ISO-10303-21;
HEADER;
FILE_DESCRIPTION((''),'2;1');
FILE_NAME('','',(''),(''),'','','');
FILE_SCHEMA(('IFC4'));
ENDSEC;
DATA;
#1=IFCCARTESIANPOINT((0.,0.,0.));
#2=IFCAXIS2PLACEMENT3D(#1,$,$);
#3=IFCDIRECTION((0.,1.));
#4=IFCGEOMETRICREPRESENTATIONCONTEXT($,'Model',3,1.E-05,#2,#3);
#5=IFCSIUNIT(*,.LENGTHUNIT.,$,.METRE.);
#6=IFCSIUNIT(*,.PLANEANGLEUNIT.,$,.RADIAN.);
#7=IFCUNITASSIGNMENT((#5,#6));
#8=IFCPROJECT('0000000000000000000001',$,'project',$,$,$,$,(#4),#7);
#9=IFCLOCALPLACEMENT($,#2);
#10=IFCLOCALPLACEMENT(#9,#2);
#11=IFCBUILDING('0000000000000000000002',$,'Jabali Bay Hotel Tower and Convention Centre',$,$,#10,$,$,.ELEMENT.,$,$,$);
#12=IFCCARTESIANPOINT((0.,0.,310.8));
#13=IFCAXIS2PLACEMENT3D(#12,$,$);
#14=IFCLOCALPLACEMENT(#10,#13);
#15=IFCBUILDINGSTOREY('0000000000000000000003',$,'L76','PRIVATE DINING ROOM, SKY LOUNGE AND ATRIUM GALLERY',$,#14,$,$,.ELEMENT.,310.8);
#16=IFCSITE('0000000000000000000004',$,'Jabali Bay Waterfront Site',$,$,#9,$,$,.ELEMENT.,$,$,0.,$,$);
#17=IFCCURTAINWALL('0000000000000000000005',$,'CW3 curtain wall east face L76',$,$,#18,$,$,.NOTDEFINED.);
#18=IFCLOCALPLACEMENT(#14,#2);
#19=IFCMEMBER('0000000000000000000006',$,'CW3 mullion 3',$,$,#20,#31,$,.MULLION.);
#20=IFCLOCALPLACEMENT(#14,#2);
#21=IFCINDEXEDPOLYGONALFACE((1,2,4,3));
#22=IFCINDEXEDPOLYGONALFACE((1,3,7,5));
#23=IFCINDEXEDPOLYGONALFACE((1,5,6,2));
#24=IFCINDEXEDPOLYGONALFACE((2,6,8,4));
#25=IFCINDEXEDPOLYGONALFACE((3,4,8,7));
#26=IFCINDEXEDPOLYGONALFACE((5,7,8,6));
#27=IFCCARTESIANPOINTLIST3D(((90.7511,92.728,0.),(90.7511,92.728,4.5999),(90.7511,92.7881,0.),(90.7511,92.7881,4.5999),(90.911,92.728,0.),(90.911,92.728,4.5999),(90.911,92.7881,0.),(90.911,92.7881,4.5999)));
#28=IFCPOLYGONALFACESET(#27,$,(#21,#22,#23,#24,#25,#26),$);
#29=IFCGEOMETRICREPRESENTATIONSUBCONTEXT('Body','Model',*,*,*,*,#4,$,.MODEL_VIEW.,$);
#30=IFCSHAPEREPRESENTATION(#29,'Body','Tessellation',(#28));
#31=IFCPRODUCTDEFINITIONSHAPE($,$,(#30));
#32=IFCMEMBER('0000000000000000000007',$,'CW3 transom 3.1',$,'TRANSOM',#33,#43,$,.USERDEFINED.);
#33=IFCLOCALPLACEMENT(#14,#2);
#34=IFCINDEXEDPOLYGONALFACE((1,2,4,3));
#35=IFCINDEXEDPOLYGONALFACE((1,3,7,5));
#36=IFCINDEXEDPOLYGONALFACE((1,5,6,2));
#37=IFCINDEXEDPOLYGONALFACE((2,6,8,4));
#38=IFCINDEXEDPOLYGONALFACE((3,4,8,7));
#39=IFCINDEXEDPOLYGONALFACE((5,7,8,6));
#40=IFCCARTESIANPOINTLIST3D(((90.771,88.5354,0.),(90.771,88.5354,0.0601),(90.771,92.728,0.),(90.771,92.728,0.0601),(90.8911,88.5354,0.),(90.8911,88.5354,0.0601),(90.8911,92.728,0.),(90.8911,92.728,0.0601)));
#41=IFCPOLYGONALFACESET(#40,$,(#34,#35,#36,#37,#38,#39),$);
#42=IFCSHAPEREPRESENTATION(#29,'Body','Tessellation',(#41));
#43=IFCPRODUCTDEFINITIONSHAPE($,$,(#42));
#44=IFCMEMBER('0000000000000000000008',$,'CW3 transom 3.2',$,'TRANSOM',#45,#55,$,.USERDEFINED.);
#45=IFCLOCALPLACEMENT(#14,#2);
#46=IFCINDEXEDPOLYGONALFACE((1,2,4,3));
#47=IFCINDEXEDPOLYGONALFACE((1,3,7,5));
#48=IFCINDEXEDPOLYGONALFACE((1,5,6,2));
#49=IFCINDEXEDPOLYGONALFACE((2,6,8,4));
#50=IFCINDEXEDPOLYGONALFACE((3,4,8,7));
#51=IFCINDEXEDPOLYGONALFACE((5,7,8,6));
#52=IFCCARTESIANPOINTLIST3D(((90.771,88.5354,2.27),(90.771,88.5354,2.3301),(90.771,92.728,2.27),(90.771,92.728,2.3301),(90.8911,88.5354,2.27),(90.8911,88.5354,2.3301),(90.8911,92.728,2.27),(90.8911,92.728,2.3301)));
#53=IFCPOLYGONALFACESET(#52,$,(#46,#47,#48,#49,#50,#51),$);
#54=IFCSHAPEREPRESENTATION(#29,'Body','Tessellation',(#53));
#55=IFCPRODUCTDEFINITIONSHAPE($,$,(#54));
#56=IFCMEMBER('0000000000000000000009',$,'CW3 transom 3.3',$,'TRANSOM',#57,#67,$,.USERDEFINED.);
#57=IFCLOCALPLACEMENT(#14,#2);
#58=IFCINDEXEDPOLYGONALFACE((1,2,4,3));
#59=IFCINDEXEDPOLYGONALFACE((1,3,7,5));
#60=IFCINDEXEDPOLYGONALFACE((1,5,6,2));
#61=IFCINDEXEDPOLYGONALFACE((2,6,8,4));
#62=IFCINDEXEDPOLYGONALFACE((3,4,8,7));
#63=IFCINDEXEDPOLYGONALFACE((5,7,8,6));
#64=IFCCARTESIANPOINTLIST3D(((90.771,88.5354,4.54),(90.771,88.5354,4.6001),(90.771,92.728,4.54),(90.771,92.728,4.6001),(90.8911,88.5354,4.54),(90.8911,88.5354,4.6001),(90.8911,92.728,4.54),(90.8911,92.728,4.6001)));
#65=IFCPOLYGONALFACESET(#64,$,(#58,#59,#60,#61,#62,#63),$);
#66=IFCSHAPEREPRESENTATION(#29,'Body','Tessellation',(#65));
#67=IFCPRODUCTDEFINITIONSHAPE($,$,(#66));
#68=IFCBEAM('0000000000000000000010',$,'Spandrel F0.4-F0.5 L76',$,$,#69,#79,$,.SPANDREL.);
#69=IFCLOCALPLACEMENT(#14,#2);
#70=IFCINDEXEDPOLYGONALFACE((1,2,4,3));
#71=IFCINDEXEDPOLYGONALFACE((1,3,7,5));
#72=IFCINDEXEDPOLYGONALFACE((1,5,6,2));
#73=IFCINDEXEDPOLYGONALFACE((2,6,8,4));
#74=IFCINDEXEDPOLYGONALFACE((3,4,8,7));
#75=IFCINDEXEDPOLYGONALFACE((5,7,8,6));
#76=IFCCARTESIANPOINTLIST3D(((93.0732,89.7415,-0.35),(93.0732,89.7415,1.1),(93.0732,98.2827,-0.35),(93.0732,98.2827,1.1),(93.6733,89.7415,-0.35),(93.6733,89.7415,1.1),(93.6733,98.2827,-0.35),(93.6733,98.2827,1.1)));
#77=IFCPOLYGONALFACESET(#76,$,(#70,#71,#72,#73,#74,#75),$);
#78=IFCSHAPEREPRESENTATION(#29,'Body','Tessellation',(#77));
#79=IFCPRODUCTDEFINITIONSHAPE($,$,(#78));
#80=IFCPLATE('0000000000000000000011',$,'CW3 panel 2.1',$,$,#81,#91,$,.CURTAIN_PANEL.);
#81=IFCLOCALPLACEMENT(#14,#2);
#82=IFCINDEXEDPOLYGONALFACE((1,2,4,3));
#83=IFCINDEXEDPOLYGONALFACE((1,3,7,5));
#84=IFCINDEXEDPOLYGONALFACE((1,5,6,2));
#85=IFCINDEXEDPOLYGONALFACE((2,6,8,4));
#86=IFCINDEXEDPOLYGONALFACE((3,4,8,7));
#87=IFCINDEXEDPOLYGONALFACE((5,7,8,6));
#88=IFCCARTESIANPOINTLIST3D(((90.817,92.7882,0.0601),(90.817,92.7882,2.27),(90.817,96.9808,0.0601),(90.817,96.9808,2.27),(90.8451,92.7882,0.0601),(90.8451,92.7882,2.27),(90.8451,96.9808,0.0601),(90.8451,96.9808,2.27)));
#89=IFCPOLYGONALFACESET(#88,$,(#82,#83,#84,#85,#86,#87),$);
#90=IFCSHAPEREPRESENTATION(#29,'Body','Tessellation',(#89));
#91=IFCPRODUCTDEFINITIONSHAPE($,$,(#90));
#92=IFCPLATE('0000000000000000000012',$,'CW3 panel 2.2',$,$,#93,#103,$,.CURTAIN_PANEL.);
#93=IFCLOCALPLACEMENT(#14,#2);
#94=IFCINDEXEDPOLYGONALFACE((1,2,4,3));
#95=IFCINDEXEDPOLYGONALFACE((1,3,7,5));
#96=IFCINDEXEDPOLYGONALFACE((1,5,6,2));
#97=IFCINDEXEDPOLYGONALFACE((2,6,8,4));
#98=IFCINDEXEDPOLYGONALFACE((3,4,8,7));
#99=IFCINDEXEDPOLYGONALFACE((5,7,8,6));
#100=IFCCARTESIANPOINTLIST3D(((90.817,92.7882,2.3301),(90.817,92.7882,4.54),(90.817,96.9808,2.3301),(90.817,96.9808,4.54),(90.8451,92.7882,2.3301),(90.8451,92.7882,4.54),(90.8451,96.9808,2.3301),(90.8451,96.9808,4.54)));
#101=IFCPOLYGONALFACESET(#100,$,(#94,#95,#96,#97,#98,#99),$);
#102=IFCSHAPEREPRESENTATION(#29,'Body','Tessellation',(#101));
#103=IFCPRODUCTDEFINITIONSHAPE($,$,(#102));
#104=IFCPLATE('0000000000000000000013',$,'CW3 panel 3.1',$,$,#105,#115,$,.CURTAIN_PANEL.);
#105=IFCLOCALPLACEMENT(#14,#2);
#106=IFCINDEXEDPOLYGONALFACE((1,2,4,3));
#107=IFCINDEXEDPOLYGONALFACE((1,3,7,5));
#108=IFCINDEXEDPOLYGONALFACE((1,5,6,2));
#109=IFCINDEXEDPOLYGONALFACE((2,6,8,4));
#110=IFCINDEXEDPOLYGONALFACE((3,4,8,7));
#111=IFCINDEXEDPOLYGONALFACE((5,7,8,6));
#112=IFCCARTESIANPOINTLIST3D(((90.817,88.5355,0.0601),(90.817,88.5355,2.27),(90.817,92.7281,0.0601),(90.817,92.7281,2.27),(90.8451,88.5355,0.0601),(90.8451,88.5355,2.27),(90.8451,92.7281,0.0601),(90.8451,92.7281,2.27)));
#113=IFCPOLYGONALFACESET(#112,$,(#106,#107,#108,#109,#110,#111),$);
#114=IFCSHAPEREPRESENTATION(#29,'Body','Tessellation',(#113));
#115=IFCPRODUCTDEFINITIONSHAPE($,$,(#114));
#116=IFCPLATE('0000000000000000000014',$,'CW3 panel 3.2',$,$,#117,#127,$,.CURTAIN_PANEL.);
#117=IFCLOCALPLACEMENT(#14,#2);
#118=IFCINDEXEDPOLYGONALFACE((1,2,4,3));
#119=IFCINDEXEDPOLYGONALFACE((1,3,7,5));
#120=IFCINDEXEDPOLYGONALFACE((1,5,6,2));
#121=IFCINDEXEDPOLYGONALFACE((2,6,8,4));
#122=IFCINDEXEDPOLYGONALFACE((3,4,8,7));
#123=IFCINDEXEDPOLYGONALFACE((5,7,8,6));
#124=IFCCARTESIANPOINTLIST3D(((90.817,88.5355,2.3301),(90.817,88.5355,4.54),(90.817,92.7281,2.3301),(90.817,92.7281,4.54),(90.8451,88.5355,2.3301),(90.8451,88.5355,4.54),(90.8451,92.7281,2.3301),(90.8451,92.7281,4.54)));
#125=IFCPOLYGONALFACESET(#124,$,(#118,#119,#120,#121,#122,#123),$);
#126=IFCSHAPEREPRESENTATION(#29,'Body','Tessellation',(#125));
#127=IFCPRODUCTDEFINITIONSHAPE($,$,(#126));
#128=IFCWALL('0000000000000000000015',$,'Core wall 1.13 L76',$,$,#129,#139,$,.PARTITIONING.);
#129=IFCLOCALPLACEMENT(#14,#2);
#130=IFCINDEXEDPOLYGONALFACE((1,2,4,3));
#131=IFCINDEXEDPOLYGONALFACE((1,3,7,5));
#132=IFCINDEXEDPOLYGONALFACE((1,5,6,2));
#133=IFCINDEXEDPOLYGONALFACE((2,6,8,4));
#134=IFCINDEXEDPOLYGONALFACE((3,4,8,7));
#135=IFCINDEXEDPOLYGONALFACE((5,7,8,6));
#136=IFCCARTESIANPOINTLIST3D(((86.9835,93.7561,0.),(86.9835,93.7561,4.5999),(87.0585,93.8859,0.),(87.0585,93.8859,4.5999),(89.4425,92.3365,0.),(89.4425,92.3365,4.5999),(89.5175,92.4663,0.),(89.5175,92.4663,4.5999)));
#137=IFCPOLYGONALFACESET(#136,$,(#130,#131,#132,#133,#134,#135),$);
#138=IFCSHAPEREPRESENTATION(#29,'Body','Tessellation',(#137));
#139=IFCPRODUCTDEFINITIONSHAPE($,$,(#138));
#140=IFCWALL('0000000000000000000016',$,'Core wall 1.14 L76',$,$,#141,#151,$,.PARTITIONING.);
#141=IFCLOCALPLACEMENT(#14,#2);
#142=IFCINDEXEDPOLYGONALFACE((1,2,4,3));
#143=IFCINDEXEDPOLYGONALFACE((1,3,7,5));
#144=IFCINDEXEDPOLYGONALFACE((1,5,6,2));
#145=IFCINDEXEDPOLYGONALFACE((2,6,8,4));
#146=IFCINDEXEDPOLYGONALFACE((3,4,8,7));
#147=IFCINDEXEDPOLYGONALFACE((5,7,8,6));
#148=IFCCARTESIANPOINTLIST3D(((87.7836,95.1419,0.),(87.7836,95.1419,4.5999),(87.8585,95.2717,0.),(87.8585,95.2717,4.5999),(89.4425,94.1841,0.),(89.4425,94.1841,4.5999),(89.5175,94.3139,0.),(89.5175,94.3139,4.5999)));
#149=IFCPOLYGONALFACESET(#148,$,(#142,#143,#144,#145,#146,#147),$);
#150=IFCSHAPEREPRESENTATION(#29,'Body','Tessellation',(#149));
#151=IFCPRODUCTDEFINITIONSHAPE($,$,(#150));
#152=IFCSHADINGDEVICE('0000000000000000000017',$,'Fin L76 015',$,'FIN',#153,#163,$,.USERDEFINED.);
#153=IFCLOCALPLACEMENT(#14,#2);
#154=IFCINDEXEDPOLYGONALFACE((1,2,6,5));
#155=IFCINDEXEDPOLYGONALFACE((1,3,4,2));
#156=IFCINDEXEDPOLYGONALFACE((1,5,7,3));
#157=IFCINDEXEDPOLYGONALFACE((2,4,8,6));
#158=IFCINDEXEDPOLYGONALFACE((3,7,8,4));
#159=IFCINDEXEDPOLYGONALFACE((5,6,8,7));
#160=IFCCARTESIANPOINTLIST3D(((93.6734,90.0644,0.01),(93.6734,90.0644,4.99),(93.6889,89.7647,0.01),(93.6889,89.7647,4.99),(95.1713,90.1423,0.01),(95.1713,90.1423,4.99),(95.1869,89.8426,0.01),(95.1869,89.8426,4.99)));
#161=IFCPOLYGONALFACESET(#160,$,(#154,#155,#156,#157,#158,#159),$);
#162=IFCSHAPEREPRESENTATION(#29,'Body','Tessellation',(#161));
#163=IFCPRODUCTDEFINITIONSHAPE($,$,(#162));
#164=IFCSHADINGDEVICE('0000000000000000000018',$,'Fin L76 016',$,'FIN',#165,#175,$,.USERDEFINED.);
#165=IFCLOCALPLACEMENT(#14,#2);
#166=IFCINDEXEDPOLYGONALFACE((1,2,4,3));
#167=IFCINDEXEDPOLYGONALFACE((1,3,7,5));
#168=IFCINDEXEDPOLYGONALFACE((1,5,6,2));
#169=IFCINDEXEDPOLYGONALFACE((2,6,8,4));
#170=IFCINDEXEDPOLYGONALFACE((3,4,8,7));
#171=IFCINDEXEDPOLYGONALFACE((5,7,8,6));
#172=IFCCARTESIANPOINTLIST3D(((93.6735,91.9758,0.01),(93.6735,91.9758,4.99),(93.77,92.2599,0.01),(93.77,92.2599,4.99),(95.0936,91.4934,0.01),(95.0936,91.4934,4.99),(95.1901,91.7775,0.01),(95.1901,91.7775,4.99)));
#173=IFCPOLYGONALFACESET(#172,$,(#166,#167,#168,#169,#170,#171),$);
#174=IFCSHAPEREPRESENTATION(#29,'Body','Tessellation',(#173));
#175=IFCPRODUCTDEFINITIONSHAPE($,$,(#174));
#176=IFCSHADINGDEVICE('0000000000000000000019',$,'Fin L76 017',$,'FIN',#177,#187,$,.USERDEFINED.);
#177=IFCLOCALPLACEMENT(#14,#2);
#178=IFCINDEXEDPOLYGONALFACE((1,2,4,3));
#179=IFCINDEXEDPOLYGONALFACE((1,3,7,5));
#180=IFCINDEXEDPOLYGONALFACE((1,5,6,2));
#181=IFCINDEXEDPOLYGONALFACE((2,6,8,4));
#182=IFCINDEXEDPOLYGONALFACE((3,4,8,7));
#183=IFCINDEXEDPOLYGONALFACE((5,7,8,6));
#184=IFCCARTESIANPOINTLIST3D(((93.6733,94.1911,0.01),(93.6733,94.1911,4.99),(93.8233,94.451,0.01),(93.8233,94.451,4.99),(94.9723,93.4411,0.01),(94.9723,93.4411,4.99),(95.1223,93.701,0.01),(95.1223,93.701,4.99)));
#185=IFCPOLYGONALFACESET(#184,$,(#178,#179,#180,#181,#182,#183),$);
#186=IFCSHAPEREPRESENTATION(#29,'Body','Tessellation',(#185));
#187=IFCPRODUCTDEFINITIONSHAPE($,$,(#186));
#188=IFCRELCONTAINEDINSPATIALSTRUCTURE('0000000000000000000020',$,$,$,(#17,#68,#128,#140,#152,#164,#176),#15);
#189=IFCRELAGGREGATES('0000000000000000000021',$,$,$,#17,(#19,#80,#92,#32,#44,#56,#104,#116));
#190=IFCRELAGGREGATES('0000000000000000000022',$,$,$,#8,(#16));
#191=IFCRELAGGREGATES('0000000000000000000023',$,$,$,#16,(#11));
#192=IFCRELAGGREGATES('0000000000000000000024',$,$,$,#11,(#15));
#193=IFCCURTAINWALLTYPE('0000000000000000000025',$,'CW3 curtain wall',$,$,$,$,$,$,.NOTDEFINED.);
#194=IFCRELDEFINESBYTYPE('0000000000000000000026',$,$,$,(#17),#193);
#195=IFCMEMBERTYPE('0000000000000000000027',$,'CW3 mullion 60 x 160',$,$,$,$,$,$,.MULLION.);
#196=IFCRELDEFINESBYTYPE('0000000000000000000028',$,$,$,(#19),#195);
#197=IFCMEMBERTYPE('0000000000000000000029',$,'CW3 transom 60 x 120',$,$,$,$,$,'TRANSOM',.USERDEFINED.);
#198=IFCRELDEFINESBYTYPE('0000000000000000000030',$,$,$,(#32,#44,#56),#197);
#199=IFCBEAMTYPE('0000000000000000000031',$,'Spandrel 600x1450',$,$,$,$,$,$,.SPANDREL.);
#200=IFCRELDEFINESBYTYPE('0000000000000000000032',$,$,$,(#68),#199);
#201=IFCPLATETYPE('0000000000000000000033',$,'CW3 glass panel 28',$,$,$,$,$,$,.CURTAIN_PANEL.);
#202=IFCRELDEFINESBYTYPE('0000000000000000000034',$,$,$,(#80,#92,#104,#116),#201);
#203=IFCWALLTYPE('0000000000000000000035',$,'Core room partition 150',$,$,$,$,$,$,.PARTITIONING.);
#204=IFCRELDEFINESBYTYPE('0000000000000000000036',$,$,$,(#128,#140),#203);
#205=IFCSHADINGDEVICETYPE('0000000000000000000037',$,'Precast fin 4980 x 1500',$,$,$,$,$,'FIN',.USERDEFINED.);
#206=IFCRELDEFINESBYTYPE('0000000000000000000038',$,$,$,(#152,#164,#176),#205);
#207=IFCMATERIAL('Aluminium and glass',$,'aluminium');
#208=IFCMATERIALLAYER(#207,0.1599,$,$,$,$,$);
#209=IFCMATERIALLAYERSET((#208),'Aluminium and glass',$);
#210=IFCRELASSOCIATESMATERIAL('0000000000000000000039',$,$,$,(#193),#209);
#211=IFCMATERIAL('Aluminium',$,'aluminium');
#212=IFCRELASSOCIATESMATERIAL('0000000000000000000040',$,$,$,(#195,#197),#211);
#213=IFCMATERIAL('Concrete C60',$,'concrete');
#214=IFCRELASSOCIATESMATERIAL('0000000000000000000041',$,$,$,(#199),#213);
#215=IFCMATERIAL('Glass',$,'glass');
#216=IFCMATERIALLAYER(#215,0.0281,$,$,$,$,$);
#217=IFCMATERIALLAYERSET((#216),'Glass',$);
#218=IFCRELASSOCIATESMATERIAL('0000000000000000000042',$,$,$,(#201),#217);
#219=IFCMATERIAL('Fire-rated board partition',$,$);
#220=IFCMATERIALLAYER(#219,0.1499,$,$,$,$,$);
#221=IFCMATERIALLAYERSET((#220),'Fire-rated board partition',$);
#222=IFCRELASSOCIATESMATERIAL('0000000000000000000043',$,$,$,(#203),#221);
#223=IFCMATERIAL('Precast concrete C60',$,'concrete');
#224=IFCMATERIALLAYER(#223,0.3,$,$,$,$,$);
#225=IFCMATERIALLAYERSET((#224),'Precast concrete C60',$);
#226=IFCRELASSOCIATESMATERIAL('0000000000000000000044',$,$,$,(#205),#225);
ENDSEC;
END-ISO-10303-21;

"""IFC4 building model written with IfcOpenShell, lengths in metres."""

from ifc_helpers import new_model, si_unit, direction, frame, frame_2d, origin, origin_2d, place, context, subcontext, project, spatial, rectangle, extrude, material, layer, layer_set, material_profile, profile_set, type_object, element, aggregate, save


model = new_model("IFC4")

# Units and contexts
model_context = context("Model", 3, precision=1e-05, world=origin(), true_north=direction((0.0, 1.0)))
body_context = subcontext(model_context, "Body", "Model", "MODEL_VIEW")
ifc_project = project(units=[si_unit("LENGTHUNIT", "METRE"), si_unit("PLANEANGLEUNIT", "RADIAN")], contexts=[model_context])

# Site, building, storey
site_placement = place(None, origin())
site = spatial("IfcSite", under=ifc_project, at=site_placement, Name="Jabali Bay Waterfront Site", CompositionType="ELEMENT", RefElevation=0.0)
building_placement = place(site_placement, origin())
building = spatial("IfcBuilding", under=site, at=building_placement, Name="Jabali Bay Hotel Tower and Convention Centre", CompositionType="ELEMENT")
storey_placement = place(building_placement, frame((0.0, 0.0, 310.8)))
storey = spatial("IfcBuildingStorey", under=building, at=storey_placement, Name="L76", Description="PRIVATE DINING ROOM, SKY LOUNGE AND ATRIUM GALLERY", CompositionType="ELEMENT", Elevation=310.8)

# Curtain wall, members
ifc_material_1 = material(Name="Aluminium and glass", Category="aluminium")
ifc_layer_1 = layer(ifc_material_1, 0.1599)
ifc_layer_set_1 = layer_set([ifc_layer_1], Name="Aluminium and glass")
curtain_wall_type = type_object("IfcCurtainWallType", Name="CW3 curtain wall", PredefinedType="NOTDEFINED", material=ifc_layer_set_1)
curtain_wall_placement = place(storey_placement, origin())
curtain_wall = element("IfcCurtainWall", 1, at=curtain_wall_placement, inside=storey, type_object=curtain_wall_type, Name="CW3 curtain wall east face L76", PredefinedType="NOTDEFINED")
ifc_material_2 = material(Name="Aluminium", Category="aluminium")
ifc_material_profile_1 = material_profile(ifc_material_2, rectangle(XDim=0.1599, YDim=0.0601, at=origin_2d()), Name="CW3 mullion 60 x 160")
ifc_profile_set_1 = profile_set([ifc_material_profile_1], Name="Aluminium")
member_type_1 = type_object("IfcMemberType", Name="CW3 mullion 60 x 160", PredefinedType="MULLION", material=ifc_profile_set_1)
member_1_placement = place(storey_placement, frame((90.8311, 92.7581, 0.0), z_axis=(0.0, 0.0, 1.0), x_axis=(1.0, 0.0, 0.0)))
member_1 = element("IfcMember", 2, at=member_1_placement, type_object=member_type_1, Name="CW3 mullion 3", PredefinedType="MULLION", context=body_context, shape_type="SweptSolid", body=[
    extrude(rectangle(XDim=0.1599, YDim=0.0601, at=origin_2d()), origin(), (0.0, 0.0, 1.0), 4.5999),
])
ifc_material_profile_2 = material_profile(ifc_material_2, rectangle(XDim=0.1201, YDim=0.0601, at=origin_2d()), Name="CW3 transom 60 x 120")
ifc_profile_set_2 = profile_set([ifc_material_profile_2], Name="Aluminium")
member_type_2 = type_object("IfcMemberType", Name="CW3 transom 60 x 120", ElementType="TRANSOM", PredefinedType="USERDEFINED", material=ifc_profile_set_2)
member_2_placement = place(storey_placement, frame((90.8311, 92.728, 0.03), z_axis=(0.0, -1.0, 0.0), x_axis=(1.0, 0.0, 0.0)))
member_2 = element("IfcMember", 3, at=member_2_placement, type_object=member_type_2, Name="CW3 transom 3.1", ObjectType="TRANSOM", PredefinedType="USERDEFINED", context=body_context, shape_type="SweptSolid", body=[
    extrude(rectangle(XDim=0.1201, YDim=0.0601, at=origin_2d()), origin(), (0.0, 0.0, 1.0), 4.1926),
])
member_3_placement = place(storey_placement, frame((90.8311, 92.728, 2.3), z_axis=(0.0, -1.0, 0.0), x_axis=(1.0, 0.0, 0.0)))
member_3 = element("IfcMember", 4, at=member_3_placement, type_object=member_type_2, Name="CW3 transom 3.2", ObjectType="TRANSOM", PredefinedType="USERDEFINED", context=body_context, shape_type="SweptSolid", body=[
    extrude(rectangle(XDim=0.1201, YDim=0.0601, at=origin_2d()), origin(), (0.0, 0.0, 1.0), 4.1926),
])
member_4_placement = place(storey_placement, frame((90.8311, 92.728, 4.5701), z_axis=(0.0, -1.0, 0.0), x_axis=(1.0, 0.0, 0.0)))
member_4 = element("IfcMember", 5, at=member_4_placement, type_object=member_type_2, Name="CW3 transom 3.3", ObjectType="TRANSOM", PredefinedType="USERDEFINED", context=body_context, shape_type="SweptSolid", body=[
    extrude(rectangle(XDim=0.1201, YDim=0.0601, at=origin_2d()), origin(), (0.0, 0.0, 1.0), 4.1926),
])

# Beam
ifc_material_3 = material(Name="Concrete C60", Category="concrete")
ifc_material_profile_3 = material_profile(ifc_material_3, rectangle(XDim=0.6001, YDim=1.45, at=origin_2d()), Name="Spandrel 600x1450")
ifc_profile_set_3 = profile_set([ifc_material_profile_3], Name="Concrete C60")
beam_type = type_object("IfcBeamType", Name="Spandrel 600x1450", PredefinedType="SPANDREL", material=ifc_profile_set_3)
beam_placement = place(storey_placement, frame((93.3733, 89.7415, 0.375), z_axis=(0.0, 1.0, 0.0), x_axis=(-1.0, 0.0, 0.0)))
element("IfcBeam", 6, at=beam_placement, inside=storey, type_object=beam_type, Name="Spandrel F0.4-F0.5 L76", PredefinedType="SPANDREL", context=body_context, shape_type="SweptSolid", body=[
    extrude(rectangle(XDim=0.6001, YDim=1.45, at=origin_2d()), origin(), (0.0, 0.0, 1.0), 8.5413),
])

# Plates
ifc_material_4 = material(Name="Glass", Category="glass")
ifc_layer_2 = layer(ifc_material_4, 0.0281)
ifc_layer_set_2 = layer_set([ifc_layer_2], Name="Glass")
plate_type = type_object("IfcPlateType", Name="CW3 glass panel 28", PredefinedType="CURTAIN_PANEL", material=ifc_layer_set_2)
plate_1_placement = place(storey_placement, frame((90.8311, 94.8845, 0.0601), z_axis=(0.0, 0.0, 1.0), x_axis=(0.0, -1.0, 0.0)))
plate_1 = element("IfcPlate", 7, at=plate_1_placement, type_object=plate_type, Name="CW3 panel 2.1", PredefinedType="CURTAIN_PANEL", context=body_context, shape_type="SweptSolid", body=[
    extrude(rectangle(XDim=4.1926, YDim=0.0281, at=origin_2d()), origin(), (0.0, 0.0, 1.0), 2.21),
])
plate_2_placement = place(storey_placement, frame((90.8311, 94.8845, 2.3301), z_axis=(0.0, 0.0, 1.0), x_axis=(0.0, -1.0, 0.0)))
plate_2 = element("IfcPlate", 8, at=plate_2_placement, type_object=plate_type, Name="CW3 panel 2.2", PredefinedType="CURTAIN_PANEL", context=body_context, shape_type="SweptSolid", body=[
    extrude(rectangle(XDim=4.1926, YDim=0.0281, at=origin_2d()), origin(), (0.0, 0.0, 1.0), 2.21),
])
plate_3_placement = place(storey_placement, frame((90.8311, 90.6318, 0.0601), z_axis=(0.0, 0.0, 1.0), x_axis=(0.0, -1.0, 0.0)))
plate_3 = element("IfcPlate", 9, at=plate_3_placement, type_object=plate_type, Name="CW3 panel 3.1", PredefinedType="CURTAIN_PANEL", context=body_context, shape_type="SweptSolid", body=[
    extrude(rectangle(XDim=4.1926, YDim=0.0281, at=origin_2d()), origin(), (0.0, 0.0, 1.0), 2.21),
])
plate_4_placement = place(storey_placement, frame((90.8311, 90.6318, 2.3301), z_axis=(0.0, 0.0, 1.0), x_axis=(0.0, -1.0, 0.0)))
plate_4 = element("IfcPlate", 10, at=plate_4_placement, type_object=plate_type, Name="CW3 panel 3.2", PredefinedType="CURTAIN_PANEL", context=body_context, shape_type="SweptSolid", body=[
    extrude(rectangle(XDim=4.1926, YDim=0.0281, at=origin_2d()), origin(), (0.0, 0.0, 1.0), 2.21),
])
aggregate(curtain_wall, [member_1, plate_1, plate_2, member_2, member_3, member_4, plate_3, plate_4])

# Walls
ifc_material_5 = material(Name="Fire-rated board partition")
ifc_layer_3 = layer(ifc_material_5, 0.1499)
ifc_layer_set_3 = layer_set([ifc_layer_3], Name="Fire-rated board partition")
wall_type = type_object("IfcWallType", Name="Core room partition 150", PredefinedType="PARTITIONING", material=ifc_layer_set_3)
wall_1_placement = place(storey_placement, frame((89.48, 92.4014, 0.0), z_axis=(0.0, 0.0, 1.0), x_axis=(-0.866028, 0.499995, 0.0)))
element("IfcWall", 11, at=wall_1_placement, inside=storey, type_object=wall_type, Name="Core wall 1.13 L76", PredefinedType="PARTITIONING", context=body_context, shape_type="SweptSolid", body=[
    extrude(rectangle(XDim=2.8394, YDim=0.1499, at=frame_2d((1.4197, 0.0))), origin(), (0.0, 0.0, 1.0), 4.5999),
])
wall_2_placement = place(storey_placement, frame((89.48, 94.249, 0.0), z_axis=(0.0, 0.0, 1.0), x_axis=(-0.866031, 0.499991, 0.0)))
element("IfcWall", 12, at=wall_2_placement, inside=storey, type_object=wall_type, Name="Core wall 1.14 L76", PredefinedType="PARTITIONING", context=body_context, shape_type="SweptSolid", body=[
    extrude(rectangle(XDim=1.9155, YDim=0.1499, at=frame_2d((0.9578, 0.0))), origin(), (0.0, 0.0, 1.0), 4.5999),
])

# Shading devices
ifc_material_6 = material(Name="Precast concrete C60", Category="concrete")
ifc_layer_4 = layer(ifc_material_6, 0.3)
ifc_layer_set_4 = layer_set([ifc_layer_4], Name="Precast concrete C60")
shading_device_type = type_object("IfcShadingDeviceType", Name="Precast fin 4980 x 1500", ElementType="FIN", PredefinedType="USERDEFINED", material=ifc_layer_set_4)
shading_device_1_placement = place(storey_placement, frame((93.6812, 89.9146, 0.01), z_axis=(0.0, 0.0, 1.0), x_axis=(0.998651, 0.051918, 0.0)))
element("IfcShadingDevice", 13, at=shading_device_1_placement, inside=storey, type_object=shading_device_type, Name="Fin L76 015", ObjectType="FIN", PredefinedType="USERDEFINED", context=body_context, shape_type="SweptSolid", body=[
    extrude(rectangle(XDim=1.5, YDim=0.3, at=frame_2d((0.75, 0.0))), origin(), (0.0, 0.0, 1.0), 4.98),
])
shading_device_2_placement = place(storey_placement, frame((93.7217, 92.1179, 0.01), z_axis=(0.0, 0.0, 1.0), x_axis=(0.946861, -0.321643, 0.0)))
element("IfcShadingDevice", 14, at=shading_device_2_placement, inside=storey, type_object=shading_device_type, Name="Fin L76 016", ObjectType="FIN", PredefinedType="USERDEFINED", context=body_context, shape_type="SweptSolid", body=[
    extrude(rectangle(XDim=1.4998, YDim=0.3, at=frame_2d((0.75, 0.0))), origin(), (0.0, 0.0, 1.0), 4.98),
])
for number, where, z_axis, x_axis, name in (
    (15, (93.7483, 94.321, 0.01), (0.0, 0.0, 1.0), (0.866031, -0.49999, 0.0), "Fin L76 017"),
):
    element("IfcShadingDevice", number, at=place(storey_placement, frame(where, z_axis=z_axis, x_axis=x_axis)), inside=storey, type_object=shading_device_type, Name=name, ObjectType="FIN", PredefinedType="USERDEFINED", context=body_context, shape_type="SweptSolid", body=[
        extrude(rectangle(XDim=1.5, YDim=0.3, at=frame_2d((0.75, 0.0))), origin(), (0.0, 0.0, 1.0), 4.98),
    ])

save(model, "model.ifc")
